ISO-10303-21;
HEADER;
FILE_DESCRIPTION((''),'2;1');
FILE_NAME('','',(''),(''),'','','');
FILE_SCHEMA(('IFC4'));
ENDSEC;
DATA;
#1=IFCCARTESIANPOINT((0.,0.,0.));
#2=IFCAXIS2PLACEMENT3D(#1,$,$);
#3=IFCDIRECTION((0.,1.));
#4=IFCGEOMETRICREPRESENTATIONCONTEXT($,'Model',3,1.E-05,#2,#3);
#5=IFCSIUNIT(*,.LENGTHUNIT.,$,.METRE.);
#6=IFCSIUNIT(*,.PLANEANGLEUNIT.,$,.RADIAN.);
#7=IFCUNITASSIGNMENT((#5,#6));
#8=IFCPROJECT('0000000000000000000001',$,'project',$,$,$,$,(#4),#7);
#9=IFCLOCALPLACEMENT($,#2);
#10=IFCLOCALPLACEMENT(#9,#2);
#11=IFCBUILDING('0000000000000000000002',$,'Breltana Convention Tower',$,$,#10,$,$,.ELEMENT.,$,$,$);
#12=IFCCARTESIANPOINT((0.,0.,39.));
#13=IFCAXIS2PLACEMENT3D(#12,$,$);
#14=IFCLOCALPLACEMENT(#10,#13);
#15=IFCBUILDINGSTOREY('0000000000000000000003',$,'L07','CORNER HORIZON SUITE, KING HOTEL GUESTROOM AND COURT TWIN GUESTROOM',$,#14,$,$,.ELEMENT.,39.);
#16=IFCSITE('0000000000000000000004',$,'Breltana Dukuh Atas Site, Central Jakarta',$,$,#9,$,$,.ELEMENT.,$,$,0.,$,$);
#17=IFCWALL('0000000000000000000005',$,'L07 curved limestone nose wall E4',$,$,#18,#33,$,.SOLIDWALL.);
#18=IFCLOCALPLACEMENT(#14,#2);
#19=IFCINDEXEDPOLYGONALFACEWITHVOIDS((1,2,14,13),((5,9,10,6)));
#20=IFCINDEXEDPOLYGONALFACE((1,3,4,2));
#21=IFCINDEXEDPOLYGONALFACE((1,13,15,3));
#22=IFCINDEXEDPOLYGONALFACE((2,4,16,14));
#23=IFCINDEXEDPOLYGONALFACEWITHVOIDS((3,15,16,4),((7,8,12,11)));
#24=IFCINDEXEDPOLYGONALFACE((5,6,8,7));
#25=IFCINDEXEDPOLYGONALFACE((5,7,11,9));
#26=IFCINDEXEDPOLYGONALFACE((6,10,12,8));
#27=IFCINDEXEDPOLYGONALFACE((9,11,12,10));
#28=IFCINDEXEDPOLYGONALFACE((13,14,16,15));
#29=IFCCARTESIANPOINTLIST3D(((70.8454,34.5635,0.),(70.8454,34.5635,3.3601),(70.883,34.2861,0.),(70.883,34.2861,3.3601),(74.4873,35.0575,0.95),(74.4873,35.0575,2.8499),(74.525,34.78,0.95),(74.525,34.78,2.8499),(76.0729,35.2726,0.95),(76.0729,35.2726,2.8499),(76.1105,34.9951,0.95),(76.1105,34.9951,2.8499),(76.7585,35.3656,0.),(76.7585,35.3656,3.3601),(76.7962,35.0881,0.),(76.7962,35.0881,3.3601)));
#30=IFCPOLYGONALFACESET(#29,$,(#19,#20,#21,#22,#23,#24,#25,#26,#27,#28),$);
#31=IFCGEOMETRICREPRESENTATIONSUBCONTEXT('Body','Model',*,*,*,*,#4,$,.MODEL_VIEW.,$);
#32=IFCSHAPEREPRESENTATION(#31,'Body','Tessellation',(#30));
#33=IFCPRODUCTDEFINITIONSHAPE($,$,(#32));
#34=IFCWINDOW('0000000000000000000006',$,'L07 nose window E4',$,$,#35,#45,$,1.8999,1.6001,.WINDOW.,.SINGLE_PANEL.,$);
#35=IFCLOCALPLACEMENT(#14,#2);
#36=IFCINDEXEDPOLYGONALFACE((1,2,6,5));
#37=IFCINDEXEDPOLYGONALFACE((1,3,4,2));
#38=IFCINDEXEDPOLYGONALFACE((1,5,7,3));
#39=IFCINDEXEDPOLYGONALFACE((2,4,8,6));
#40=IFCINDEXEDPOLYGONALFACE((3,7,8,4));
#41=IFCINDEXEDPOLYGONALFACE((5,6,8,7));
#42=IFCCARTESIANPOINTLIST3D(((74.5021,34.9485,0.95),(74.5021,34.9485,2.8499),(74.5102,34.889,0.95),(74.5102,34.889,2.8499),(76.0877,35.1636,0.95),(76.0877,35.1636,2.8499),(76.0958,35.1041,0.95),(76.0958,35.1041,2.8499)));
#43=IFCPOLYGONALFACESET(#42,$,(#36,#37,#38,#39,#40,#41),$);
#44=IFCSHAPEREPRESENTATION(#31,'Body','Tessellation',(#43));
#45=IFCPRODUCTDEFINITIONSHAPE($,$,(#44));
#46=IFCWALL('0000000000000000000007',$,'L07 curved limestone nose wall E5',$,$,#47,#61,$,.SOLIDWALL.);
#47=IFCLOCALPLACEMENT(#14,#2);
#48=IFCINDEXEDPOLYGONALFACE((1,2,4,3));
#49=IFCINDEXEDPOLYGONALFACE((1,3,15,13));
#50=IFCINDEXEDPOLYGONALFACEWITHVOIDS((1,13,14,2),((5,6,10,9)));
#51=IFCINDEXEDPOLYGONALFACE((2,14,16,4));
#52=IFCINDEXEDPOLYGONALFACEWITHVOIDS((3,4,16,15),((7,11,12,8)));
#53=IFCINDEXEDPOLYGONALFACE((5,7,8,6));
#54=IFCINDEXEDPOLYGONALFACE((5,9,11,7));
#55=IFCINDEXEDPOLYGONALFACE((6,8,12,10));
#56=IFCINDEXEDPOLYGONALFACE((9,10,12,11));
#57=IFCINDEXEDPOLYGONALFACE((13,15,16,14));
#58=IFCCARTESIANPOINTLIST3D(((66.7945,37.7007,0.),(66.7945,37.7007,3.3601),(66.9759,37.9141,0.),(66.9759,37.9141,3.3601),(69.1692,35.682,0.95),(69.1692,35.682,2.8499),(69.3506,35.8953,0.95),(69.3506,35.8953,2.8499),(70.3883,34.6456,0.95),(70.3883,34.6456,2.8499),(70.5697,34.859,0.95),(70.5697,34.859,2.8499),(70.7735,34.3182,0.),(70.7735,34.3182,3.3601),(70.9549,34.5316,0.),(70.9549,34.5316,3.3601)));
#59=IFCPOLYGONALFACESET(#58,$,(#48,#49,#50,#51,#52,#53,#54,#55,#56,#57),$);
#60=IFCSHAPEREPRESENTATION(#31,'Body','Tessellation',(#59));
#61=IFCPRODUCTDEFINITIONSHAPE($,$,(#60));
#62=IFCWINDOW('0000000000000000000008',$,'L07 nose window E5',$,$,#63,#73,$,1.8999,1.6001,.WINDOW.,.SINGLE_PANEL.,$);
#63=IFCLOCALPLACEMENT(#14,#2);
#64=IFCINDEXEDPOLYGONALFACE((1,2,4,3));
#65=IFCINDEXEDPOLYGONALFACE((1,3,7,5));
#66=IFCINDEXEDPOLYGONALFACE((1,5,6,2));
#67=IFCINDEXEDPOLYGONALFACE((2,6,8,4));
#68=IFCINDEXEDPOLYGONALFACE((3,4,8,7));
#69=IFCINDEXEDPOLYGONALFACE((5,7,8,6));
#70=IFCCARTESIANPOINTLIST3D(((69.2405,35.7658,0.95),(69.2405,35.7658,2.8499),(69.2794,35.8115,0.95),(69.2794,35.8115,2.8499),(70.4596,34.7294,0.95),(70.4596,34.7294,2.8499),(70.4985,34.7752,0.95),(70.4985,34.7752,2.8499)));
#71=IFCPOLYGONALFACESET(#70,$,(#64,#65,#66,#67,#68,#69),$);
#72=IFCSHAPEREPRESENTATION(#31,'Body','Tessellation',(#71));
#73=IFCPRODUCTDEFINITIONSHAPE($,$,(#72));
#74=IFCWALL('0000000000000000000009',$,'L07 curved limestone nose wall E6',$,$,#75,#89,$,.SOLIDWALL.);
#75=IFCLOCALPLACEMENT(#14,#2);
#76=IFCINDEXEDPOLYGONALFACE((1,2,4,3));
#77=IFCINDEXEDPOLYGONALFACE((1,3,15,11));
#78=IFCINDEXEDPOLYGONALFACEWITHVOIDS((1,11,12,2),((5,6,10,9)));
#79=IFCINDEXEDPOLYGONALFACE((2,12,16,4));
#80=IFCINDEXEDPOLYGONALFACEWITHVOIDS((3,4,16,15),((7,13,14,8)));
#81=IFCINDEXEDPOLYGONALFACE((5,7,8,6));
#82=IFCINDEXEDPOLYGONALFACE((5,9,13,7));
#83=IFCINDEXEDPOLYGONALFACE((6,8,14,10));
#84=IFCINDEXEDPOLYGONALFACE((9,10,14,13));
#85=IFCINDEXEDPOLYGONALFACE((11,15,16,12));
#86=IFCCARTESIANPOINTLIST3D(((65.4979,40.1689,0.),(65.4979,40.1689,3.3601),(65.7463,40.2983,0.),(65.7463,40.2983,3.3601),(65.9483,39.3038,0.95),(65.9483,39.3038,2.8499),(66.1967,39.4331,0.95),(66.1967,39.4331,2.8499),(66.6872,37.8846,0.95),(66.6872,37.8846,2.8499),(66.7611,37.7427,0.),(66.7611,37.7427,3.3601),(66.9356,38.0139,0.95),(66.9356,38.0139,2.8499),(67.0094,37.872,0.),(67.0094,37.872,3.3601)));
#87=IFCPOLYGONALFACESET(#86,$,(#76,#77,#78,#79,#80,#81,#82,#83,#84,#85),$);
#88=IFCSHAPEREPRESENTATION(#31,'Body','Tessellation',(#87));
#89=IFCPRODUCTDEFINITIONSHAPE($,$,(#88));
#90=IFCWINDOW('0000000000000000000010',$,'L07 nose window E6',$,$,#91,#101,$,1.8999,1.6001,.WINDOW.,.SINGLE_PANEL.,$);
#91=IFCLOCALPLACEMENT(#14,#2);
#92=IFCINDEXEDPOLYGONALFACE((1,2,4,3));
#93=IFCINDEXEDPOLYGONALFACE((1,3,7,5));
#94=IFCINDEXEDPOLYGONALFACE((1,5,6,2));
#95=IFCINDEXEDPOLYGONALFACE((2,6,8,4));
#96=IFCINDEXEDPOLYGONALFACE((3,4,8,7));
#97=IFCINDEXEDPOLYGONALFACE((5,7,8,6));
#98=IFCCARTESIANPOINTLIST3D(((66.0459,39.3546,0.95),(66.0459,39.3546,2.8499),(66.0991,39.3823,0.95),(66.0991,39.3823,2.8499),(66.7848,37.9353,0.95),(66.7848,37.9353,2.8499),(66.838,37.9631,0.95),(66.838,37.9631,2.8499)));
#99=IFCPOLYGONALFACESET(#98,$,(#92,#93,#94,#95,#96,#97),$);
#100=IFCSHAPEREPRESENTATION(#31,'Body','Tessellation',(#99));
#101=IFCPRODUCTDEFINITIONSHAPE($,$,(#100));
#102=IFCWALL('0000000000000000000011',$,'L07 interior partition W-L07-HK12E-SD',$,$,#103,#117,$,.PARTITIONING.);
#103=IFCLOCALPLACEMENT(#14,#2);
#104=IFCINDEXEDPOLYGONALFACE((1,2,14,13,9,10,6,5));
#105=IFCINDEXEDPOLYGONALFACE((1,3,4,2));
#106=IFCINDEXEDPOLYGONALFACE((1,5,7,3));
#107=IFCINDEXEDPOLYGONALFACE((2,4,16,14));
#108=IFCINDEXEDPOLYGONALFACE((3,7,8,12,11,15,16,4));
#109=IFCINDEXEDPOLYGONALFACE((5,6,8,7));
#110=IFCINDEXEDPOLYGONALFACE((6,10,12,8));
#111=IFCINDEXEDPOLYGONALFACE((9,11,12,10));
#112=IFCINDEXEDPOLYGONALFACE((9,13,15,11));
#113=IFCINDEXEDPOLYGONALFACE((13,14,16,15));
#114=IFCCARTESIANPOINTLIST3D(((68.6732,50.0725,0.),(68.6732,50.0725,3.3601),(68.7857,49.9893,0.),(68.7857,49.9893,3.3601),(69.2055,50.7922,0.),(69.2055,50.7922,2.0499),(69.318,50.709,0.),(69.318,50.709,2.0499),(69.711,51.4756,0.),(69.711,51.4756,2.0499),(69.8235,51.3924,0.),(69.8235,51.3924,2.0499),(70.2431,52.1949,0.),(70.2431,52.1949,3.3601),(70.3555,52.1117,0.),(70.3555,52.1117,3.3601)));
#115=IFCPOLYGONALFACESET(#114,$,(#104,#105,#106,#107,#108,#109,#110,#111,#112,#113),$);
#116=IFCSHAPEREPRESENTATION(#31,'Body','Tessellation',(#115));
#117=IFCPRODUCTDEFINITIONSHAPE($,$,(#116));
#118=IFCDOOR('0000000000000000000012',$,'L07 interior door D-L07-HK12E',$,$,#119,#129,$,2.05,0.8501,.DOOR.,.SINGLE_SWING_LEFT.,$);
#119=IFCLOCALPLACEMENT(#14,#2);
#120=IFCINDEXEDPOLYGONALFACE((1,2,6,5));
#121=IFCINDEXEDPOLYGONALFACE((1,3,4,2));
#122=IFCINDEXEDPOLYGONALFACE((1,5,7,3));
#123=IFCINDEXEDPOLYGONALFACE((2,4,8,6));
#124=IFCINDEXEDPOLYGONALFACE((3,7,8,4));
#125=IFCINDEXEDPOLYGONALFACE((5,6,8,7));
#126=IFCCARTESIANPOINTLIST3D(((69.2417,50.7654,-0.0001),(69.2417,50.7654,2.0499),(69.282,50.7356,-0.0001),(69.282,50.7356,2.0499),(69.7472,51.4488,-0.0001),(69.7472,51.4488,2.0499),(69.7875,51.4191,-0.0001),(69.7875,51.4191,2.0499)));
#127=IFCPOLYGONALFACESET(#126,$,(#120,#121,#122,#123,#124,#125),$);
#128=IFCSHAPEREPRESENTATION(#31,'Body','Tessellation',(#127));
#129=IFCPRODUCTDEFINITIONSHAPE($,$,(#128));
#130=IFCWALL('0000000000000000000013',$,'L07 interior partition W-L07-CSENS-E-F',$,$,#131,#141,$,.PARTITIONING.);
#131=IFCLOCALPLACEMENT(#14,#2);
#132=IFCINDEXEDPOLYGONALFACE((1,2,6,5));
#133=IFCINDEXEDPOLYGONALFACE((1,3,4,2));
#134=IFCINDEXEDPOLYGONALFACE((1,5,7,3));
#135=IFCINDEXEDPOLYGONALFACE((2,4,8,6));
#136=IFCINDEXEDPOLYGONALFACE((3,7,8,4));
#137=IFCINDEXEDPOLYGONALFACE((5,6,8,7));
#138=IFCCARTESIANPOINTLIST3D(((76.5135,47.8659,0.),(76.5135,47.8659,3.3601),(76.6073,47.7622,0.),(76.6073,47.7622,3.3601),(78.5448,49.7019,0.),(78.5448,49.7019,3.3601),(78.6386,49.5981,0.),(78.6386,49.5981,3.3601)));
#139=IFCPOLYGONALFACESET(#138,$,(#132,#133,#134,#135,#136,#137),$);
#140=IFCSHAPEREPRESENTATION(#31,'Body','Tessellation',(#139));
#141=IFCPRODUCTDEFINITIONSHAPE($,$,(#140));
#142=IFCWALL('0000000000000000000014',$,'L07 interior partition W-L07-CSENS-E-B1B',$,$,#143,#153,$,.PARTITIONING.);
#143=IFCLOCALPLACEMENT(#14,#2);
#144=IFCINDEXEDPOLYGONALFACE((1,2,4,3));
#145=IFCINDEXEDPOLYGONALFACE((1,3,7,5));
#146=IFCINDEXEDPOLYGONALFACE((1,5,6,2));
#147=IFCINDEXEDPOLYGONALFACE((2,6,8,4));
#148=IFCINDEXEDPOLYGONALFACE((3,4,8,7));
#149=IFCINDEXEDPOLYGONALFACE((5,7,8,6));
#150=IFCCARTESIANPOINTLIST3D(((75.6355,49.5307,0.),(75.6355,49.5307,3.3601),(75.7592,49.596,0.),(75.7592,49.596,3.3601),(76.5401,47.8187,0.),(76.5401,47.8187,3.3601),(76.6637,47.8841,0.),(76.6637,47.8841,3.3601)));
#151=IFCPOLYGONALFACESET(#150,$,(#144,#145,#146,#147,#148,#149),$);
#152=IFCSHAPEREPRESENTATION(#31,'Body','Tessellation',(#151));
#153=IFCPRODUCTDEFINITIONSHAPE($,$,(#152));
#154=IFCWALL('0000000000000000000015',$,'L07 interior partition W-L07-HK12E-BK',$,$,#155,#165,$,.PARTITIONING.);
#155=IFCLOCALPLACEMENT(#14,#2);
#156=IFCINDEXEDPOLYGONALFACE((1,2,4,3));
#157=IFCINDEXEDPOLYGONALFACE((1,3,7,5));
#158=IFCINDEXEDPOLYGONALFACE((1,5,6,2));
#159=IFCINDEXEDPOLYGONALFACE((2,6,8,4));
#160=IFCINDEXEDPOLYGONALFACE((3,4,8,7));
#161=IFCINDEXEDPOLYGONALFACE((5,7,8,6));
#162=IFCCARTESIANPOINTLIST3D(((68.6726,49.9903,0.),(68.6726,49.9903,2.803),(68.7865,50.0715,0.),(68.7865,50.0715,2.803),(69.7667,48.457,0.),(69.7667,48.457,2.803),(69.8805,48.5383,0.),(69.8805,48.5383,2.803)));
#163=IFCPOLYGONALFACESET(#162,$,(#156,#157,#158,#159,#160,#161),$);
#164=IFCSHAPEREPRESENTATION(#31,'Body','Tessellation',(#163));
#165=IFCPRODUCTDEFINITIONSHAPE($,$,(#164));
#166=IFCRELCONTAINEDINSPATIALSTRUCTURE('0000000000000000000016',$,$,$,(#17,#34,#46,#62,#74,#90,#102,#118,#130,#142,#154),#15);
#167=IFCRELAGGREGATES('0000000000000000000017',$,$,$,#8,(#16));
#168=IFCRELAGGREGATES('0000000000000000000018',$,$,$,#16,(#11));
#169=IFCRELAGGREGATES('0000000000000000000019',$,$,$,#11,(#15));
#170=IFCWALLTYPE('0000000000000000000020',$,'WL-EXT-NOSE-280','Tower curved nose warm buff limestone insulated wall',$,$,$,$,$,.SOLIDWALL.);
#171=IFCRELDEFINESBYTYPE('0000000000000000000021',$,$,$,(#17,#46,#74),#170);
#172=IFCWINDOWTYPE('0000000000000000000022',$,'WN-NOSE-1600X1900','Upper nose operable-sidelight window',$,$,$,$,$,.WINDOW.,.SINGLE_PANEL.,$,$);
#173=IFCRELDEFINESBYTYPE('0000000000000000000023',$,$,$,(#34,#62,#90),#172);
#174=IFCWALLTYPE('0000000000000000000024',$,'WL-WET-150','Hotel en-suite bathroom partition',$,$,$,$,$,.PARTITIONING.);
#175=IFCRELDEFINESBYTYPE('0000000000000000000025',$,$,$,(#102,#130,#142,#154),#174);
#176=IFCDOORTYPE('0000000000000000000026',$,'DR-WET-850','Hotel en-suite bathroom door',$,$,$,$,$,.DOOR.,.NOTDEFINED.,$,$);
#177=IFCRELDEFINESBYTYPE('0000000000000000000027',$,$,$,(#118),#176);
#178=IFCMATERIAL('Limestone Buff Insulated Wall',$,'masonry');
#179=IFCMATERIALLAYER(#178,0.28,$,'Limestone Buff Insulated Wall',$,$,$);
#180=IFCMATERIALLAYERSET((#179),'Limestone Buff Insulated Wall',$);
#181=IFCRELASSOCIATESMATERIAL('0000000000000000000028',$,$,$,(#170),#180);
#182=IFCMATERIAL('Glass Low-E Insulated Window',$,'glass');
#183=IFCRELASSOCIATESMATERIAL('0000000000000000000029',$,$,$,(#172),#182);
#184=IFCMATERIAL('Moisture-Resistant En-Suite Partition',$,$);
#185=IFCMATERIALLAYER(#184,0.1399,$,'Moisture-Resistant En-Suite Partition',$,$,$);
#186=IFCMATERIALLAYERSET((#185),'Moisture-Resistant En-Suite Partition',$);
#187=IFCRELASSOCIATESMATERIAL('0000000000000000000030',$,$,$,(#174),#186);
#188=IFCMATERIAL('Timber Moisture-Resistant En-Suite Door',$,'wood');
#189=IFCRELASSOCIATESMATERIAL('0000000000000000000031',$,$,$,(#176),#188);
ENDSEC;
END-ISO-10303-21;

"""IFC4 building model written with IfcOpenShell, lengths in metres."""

from ifc_helpers import new_model, si_unit, direction, frame, frame_2d, origin, place, context, subcontext, project, spatial, rectangle, extrude, source, transform, mapped, material, layer, layer_set, type_object, type_shapes, element, fill, save


model = new_model("IFC4")

# Units and contexts
model_context = context("Model", 3, precision=1e-05, world=origin(), true_north=direction((0.0, 1.0)))
body_context = subcontext(model_context, "Body", "Model", "MODEL_VIEW")
ifc_project = project(units=[si_unit("LENGTHUNIT", "METRE"), si_unit("PLANEANGLEUNIT", "RADIAN")], contexts=[model_context])

# Site, building, storey
site_placement = place(None, origin())
site = spatial("IfcSite", under=ifc_project, at=site_placement, Name="Breltana Dukuh Atas Site, Central Jakarta", CompositionType="ELEMENT", RefElevation=0.0)
building_placement = place(site_placement, origin())
building = spatial("IfcBuilding", under=site, at=building_placement, Name="Breltana Convention Tower", CompositionType="ELEMENT")
storey_placement = place(building_placement, frame((0.0, 0.0, 39.0)))
storey = spatial("IfcBuildingStorey", under=building, at=storey_placement, Name="L07", Description="CORNER HORIZON SUITE, KING HOTEL GUESTROOM AND COURT TWIN GUESTROOM", CompositionType="ELEMENT", Elevation=39.0)

# Walls, openings, windows
ifc_material_1 = material(Name="Limestone Buff Insulated Wall", Category="masonry")
ifc_layer_1 = layer(ifc_material_1, 0.28, Name="Limestone Buff Insulated Wall")
ifc_layer_set_1 = layer_set([ifc_layer_1], Name="Limestone Buff Insulated Wall")
wall_type_1 = type_object("IfcWallType", Name="WL-EXT-NOSE-280", Description="Tower curved nose warm buff limestone insulated wall", PredefinedType="SOLIDWALL", material=ifc_layer_set_1)
ifc_material_2 = material(Name="Glass Low-E Insulated Window", Category="glass")
window_type = type_object("IfcWindowType", Name="WN-NOSE-1600X1900", Description="Upper nose operable-sidelight window", PartitioningType="SINGLE_PANEL", PredefinedType="WINDOW", material=ifc_material_2)
shared_shape_1 = source(origin(), body_context, "Body", "SweptSolid", [
    extrude(rectangle(XDim=1.6001, YDim=1.8999, at=frame_2d((0.8, 0.95))), frame((0.0, 0.03, 0.0), z_axis=(0.0, -1.0, 0.0), x_axis=(1.0, 0.0, 0.0)), (0.0, 0.0, 1.0), 0.0601),
])
type_shapes(window_type, [shared_shape_1])
shared_shape_2 = source(origin(), body_context, "Body", "SweptSolid", [
    extrude(rectangle(XDim=5.9673, YDim=0.28, at=frame_2d((2.9836, 0.0))), origin(), (0.0, 0.0, 1.0), 3.3601),
])
wall_1_placement = place(storey_placement, frame((76.7773, 35.2268, 0.0), z_axis=(0.0, 0.0, 1.0), x_axis=(-0.990927, -0.134401, 0.0)))
wall_1 = element("IfcWall", 1, at=wall_1_placement, inside=storey, type_object=wall_type_1, Name="L07 curved limestone nose wall E4", PredefinedType="SOLIDWALL", context=body_context, shape_type="MappedRepresentation", body=[
    mapped(shared_shape_2, transform((0.0, 0.0, 0.0), scale=1.0)),
])
opening_1_placement = place(wall_1_placement, frame((0.6919, 0.0, 0.95)))
opening_1 = element("IfcOpeningElement", 2, at=opening_1_placement, cuts=wall_1, PredefinedType="OPENING", context=body_context, shape_type="SweptSolid", body=[
    extrude(rectangle(XDim=1.6001, YDim=1.8999, at=frame_2d((0.8, 0.95))), frame((0.0, 0.1499, 0.0), z_axis=(0.0, -1.0, 0.0), x_axis=(1.0, 0.0, 0.0)), (0.0, 0.0, 1.0), 0.3),
])
window_1_placement = place(opening_1_placement, origin())
window_1 = element("IfcWindow", 3, at=window_1_placement, inside=storey, type_object=window_type, Name="L07 nose window E4", OverallHeight=1.8999, OverallWidth=1.6001, PartitioningType="SINGLE_PANEL", PredefinedType="WINDOW", context=body_context, shape_type="MappedRepresentation", body=[
    mapped(shared_shape_1, transform((0.0, 0.0, 0.0), scale=1.0)),
])
fill(opening_1, window_1)
shared_shape_3 = source(origin(), body_context, "Body", "SweptSolid", [
    extrude(rectangle(XDim=5.2224, YDim=0.28, at=frame_2d((2.6113, 0.0))), origin(), (0.0, 0.0, 1.0), 3.3601),
])
wall_2_placement = place(storey_placement, frame((70.8643, 34.4248, 0.0), z_axis=(0.0, 0.0, 1.0), x_axis=(-0.7619, 0.647695, 0.0)))
wall_2 = element("IfcWall", 4, at=wall_2_placement, inside=storey, type_object=wall_type_1, Name="L07 curved limestone nose wall E5", PredefinedType="SOLIDWALL", context=body_context, shape_type="MappedRepresentation", body=[
    mapped(shared_shape_3, transform((0.0, 0.0, 0.0), scale=1.0)),
])
opening_2_placement = place(wall_2_placement, frame((0.5056, 0.0, 0.95)))
opening_2 = element("IfcOpeningElement", 5, at=opening_2_placement, cuts=wall_2, PredefinedType="OPENING", context=body_context, shape_type="SweptSolid", body=[
    extrude(rectangle(XDim=1.6001, YDim=1.8999, at=frame_2d((0.8, 0.95))), frame((0.0, 0.1499, 0.0), z_axis=(0.0, -1.0, 0.0), x_axis=(1.0, 0.0, 0.0)), (0.0, 0.0, 1.0), 0.3),
])
window_2_placement = place(opening_2_placement, origin())
window_2 = element("IfcWindow", 6, at=window_2_placement, inside=storey, type_object=window_type, Name="L07 nose window E5", OverallHeight=1.8999, OverallWidth=1.6001, PartitioningType="SINGLE_PANEL", PredefinedType="WINDOW", context=body_context, shape_type="MappedRepresentation", body=[
    mapped(shared_shape_1, transform((0.0, 0.0, 0.0), scale=1.0)),
])
fill(opening_2, window_2)
shared_shape_4 = source(origin(), body_context, "Body", "SweptSolid", [
    extrude(rectangle(XDim=2.7354, YDim=0.28, at=frame_2d((1.3677, 0.0))), origin(), (0.0, 0.0, 1.0), 3.3601),
])
wall_3_placement = place(storey_placement, frame((66.8853, 37.8074, 0.0), z_axis=(0.0, 0.0, 1.0), x_axis=(-0.461791, 0.886989, 0.0)))
wall_3 = element("IfcWall", 7, at=wall_3_placement, inside=storey, type_object=wall_type_1, Name="L07 curved limestone nose wall E6", PredefinedType="SOLIDWALL", context=body_context, shape_type="MappedRepresentation", body=[
    mapped(shared_shape_4, transform((0.0, 0.0, 0.0), scale=1.0)),
])
opening_3_placement = place(wall_3_placement, frame((0.1599, 0.0, 0.95)))
opening_3 = element("IfcOpeningElement", 8, at=opening_3_placement, cuts=wall_3, PredefinedType="OPENING", context=body_context, shape_type="SweptSolid", body=[
    extrude(rectangle(XDim=1.6001, YDim=1.8999, at=frame_2d((0.8, 0.95))), frame((0.0, 0.1499, 0.0), z_axis=(0.0, -1.0, 0.0), x_axis=(1.0, 0.0, 0.0)), (0.0, 0.0, 1.0), 0.3),
])
window_3_placement = place(opening_3_placement, origin())
window_3 = element("IfcWindow", 9, at=window_3_placement, inside=storey, type_object=window_type, Name="L07 nose window E6", OverallHeight=1.8999, OverallWidth=1.6001, PartitioningType="SINGLE_PANEL", PredefinedType="WINDOW", context=body_context, shape_type="MappedRepresentation", body=[
    mapped(shared_shape_1, transform((0.0, 0.0, 0.0), scale=1.0)),
])
fill(opening_3, window_3)

# Wall, opening, door
ifc_material_3 = material(Name="Moisture-Resistant En-Suite Partition")
ifc_layer_2 = layer(ifc_material_3, 0.1399, Name="Moisture-Resistant En-Suite Partition")
ifc_layer_set_2 = layer_set([ifc_layer_2], Name="Moisture-Resistant En-Suite Partition")
wall_type_2 = type_object("IfcWallType", Name="WL-WET-150", Description="Hotel en-suite bathroom partition", PredefinedType="PARTITIONING", material=ifc_layer_set_2)
shared_shape_5 = source(origin(), body_context, "Body", "SweptSolid", [
    extrude(rectangle(XDim=2.6399, YDim=0.1399, at=frame_2d((1.3198, 0.0))), origin(), (0.0, 0.0, 1.0), 3.3601),
])
wall_4_placement = place(storey_placement, frame((68.7295, 50.031, 0.0), z_axis=(0.0, 0.0, 1.0), x_axis=(0.594674, 0.803967, 0.0)))
wall_4 = element("IfcWall", 10, at=wall_4_placement, inside=storey, type_object=wall_type_2, Name="L07 interior partition W-L07-HK12E-SD", PredefinedType="PARTITIONING", context=body_context, shape_type="MappedRepresentation", body=[
    mapped(shared_shape_5, transform((0.0, 0.0, 0.0), scale=1.0)),
])
opening_4_placement = place(wall_4_placement, frame((0.895, 0.0, 0.0)))
opening_4 = element("IfcOpeningElement", 11, at=opening_4_placement, cuts=wall_4, PredefinedType="OPENING", context=body_context, shape_type="SweptSolid", body=[
    extrude(rectangle(XDim=0.8501, YDim=2.05, at=frame_2d((0.425, 1.0249))), frame((0.0, 0.0801, 0.0), z_axis=(0.0, -1.0, 0.0), x_axis=(1.0, 0.0, 0.0)), (0.0, 0.0, 1.0), 0.1599),
])
ifc_material_4 = material(Name="Timber Moisture-Resistant En-Suite Door", Category="wood")
door_type_1 = type_object("IfcDoorType", Name="DR-WET-850", Description="Hotel en-suite bathroom door", OperationType="NOTDEFINED", PredefinedType="DOOR", material=ifc_material_4)
shared_shape_6 = source(origin(), body_context, "Body", "SweptSolid", [
    extrude(rectangle(XDim=0.8501, YDim=2.05, at=frame_2d((0.425, 1.0249))), frame((0.0, 0.0249, 0.0), z_axis=(0.0, -1.0, 0.0), x_axis=(1.0, 0.0, 0.0)), (0.0, 0.0, 1.0), 0.05),
])
type_shapes(door_type_1, [shared_shape_6])
door_1_placement = place(opening_4_placement, origin())
door_1 = element("IfcDoor", 12, at=door_1_placement, inside=storey, type_object=door_type_1, Name="L07 interior door D-L07-HK12E", OperationType="SINGLE_SWING_LEFT", OverallHeight=2.05, OverallWidth=0.8501, PredefinedType="DOOR", context=body_context, shape_type="MappedRepresentation", body=[
    mapped(shared_shape_6, transform((0.0, 0.0, 0.0), scale=1.0)),
])
fill(opening_4, door_1)

# Walls
shared_shape_7 = source(origin(), body_context, "Body", "SweptSolid", [
    extrude(rectangle(XDim=2.738, YDim=0.1399, at=frame_2d((1.3691, 0.0))), origin(), (0.0, 0.0, 1.0), 3.3601),
])
wall_5_placement = place(storey_placement, frame((76.5603, 47.814, 0.0), z_axis=(0.0, 0.0, 1.0), x_axis=(0.741874, 0.67054, 0.0)))
element("IfcWall", 13, at=wall_5_placement, inside=storey, type_object=wall_type_2, Name="L07 interior partition W-L07-CSENS-E-F", PredefinedType="PARTITIONING", context=body_context, shape_type="MappedRepresentation", body=[
    mapped(shared_shape_7, transform((0.0, 0.0, 0.0), scale=1.0)),
])
shared_shape_8 = source(origin(), body_context, "Body", "SweptSolid", [
    extrude(rectangle(XDim=1.9363, YDim=0.1399, at=frame_2d((0.9683, 0.0))), origin(), (0.0, 0.0, 1.0), 3.3601),
])
wall_6_placement = place(storey_placement, frame((75.6973, 49.5635, 0.0), z_axis=(0.0, 0.0, 1.0), x_axis=(0.467175, -0.884165, 0.0)))
element("IfcWall", 14, at=wall_6_placement, inside=storey, type_object=wall_type_2, Name="L07 interior partition W-L07-CSENS-E-B1B", PredefinedType="PARTITIONING", context=body_context, shape_type="MappedRepresentation", body=[
    mapped(shared_shape_8, transform((0.0, 0.0, 0.0), scale=1.0)),
])
shared_shape_9 = source(origin(), body_context, "Body", "SweptSolid", [
    extrude(rectangle(XDim=1.8835, YDim=0.1399, at=frame_2d((0.9419, 0.0))), origin(), (0.0, 0.0, 1.0), 2.803),
])
wall_7_placement = place(storey_placement, frame((68.7295, 50.031, 0.0), z_axis=(0.0, 0.0, 1.0), x_axis=(0.580833, -0.814022, 0.0)))
element("IfcWall", 15, at=wall_7_placement, inside=storey, type_object=wall_type_2, Name="L07 interior partition W-L07-HK12E-BK", PredefinedType="PARTITIONING", context=body_context, shape_type="MappedRepresentation", body=[
    mapped(shared_shape_9, transform((0.0, 0.0, 0.0), scale=1.0)),
])

save(model, "model.ifc")
